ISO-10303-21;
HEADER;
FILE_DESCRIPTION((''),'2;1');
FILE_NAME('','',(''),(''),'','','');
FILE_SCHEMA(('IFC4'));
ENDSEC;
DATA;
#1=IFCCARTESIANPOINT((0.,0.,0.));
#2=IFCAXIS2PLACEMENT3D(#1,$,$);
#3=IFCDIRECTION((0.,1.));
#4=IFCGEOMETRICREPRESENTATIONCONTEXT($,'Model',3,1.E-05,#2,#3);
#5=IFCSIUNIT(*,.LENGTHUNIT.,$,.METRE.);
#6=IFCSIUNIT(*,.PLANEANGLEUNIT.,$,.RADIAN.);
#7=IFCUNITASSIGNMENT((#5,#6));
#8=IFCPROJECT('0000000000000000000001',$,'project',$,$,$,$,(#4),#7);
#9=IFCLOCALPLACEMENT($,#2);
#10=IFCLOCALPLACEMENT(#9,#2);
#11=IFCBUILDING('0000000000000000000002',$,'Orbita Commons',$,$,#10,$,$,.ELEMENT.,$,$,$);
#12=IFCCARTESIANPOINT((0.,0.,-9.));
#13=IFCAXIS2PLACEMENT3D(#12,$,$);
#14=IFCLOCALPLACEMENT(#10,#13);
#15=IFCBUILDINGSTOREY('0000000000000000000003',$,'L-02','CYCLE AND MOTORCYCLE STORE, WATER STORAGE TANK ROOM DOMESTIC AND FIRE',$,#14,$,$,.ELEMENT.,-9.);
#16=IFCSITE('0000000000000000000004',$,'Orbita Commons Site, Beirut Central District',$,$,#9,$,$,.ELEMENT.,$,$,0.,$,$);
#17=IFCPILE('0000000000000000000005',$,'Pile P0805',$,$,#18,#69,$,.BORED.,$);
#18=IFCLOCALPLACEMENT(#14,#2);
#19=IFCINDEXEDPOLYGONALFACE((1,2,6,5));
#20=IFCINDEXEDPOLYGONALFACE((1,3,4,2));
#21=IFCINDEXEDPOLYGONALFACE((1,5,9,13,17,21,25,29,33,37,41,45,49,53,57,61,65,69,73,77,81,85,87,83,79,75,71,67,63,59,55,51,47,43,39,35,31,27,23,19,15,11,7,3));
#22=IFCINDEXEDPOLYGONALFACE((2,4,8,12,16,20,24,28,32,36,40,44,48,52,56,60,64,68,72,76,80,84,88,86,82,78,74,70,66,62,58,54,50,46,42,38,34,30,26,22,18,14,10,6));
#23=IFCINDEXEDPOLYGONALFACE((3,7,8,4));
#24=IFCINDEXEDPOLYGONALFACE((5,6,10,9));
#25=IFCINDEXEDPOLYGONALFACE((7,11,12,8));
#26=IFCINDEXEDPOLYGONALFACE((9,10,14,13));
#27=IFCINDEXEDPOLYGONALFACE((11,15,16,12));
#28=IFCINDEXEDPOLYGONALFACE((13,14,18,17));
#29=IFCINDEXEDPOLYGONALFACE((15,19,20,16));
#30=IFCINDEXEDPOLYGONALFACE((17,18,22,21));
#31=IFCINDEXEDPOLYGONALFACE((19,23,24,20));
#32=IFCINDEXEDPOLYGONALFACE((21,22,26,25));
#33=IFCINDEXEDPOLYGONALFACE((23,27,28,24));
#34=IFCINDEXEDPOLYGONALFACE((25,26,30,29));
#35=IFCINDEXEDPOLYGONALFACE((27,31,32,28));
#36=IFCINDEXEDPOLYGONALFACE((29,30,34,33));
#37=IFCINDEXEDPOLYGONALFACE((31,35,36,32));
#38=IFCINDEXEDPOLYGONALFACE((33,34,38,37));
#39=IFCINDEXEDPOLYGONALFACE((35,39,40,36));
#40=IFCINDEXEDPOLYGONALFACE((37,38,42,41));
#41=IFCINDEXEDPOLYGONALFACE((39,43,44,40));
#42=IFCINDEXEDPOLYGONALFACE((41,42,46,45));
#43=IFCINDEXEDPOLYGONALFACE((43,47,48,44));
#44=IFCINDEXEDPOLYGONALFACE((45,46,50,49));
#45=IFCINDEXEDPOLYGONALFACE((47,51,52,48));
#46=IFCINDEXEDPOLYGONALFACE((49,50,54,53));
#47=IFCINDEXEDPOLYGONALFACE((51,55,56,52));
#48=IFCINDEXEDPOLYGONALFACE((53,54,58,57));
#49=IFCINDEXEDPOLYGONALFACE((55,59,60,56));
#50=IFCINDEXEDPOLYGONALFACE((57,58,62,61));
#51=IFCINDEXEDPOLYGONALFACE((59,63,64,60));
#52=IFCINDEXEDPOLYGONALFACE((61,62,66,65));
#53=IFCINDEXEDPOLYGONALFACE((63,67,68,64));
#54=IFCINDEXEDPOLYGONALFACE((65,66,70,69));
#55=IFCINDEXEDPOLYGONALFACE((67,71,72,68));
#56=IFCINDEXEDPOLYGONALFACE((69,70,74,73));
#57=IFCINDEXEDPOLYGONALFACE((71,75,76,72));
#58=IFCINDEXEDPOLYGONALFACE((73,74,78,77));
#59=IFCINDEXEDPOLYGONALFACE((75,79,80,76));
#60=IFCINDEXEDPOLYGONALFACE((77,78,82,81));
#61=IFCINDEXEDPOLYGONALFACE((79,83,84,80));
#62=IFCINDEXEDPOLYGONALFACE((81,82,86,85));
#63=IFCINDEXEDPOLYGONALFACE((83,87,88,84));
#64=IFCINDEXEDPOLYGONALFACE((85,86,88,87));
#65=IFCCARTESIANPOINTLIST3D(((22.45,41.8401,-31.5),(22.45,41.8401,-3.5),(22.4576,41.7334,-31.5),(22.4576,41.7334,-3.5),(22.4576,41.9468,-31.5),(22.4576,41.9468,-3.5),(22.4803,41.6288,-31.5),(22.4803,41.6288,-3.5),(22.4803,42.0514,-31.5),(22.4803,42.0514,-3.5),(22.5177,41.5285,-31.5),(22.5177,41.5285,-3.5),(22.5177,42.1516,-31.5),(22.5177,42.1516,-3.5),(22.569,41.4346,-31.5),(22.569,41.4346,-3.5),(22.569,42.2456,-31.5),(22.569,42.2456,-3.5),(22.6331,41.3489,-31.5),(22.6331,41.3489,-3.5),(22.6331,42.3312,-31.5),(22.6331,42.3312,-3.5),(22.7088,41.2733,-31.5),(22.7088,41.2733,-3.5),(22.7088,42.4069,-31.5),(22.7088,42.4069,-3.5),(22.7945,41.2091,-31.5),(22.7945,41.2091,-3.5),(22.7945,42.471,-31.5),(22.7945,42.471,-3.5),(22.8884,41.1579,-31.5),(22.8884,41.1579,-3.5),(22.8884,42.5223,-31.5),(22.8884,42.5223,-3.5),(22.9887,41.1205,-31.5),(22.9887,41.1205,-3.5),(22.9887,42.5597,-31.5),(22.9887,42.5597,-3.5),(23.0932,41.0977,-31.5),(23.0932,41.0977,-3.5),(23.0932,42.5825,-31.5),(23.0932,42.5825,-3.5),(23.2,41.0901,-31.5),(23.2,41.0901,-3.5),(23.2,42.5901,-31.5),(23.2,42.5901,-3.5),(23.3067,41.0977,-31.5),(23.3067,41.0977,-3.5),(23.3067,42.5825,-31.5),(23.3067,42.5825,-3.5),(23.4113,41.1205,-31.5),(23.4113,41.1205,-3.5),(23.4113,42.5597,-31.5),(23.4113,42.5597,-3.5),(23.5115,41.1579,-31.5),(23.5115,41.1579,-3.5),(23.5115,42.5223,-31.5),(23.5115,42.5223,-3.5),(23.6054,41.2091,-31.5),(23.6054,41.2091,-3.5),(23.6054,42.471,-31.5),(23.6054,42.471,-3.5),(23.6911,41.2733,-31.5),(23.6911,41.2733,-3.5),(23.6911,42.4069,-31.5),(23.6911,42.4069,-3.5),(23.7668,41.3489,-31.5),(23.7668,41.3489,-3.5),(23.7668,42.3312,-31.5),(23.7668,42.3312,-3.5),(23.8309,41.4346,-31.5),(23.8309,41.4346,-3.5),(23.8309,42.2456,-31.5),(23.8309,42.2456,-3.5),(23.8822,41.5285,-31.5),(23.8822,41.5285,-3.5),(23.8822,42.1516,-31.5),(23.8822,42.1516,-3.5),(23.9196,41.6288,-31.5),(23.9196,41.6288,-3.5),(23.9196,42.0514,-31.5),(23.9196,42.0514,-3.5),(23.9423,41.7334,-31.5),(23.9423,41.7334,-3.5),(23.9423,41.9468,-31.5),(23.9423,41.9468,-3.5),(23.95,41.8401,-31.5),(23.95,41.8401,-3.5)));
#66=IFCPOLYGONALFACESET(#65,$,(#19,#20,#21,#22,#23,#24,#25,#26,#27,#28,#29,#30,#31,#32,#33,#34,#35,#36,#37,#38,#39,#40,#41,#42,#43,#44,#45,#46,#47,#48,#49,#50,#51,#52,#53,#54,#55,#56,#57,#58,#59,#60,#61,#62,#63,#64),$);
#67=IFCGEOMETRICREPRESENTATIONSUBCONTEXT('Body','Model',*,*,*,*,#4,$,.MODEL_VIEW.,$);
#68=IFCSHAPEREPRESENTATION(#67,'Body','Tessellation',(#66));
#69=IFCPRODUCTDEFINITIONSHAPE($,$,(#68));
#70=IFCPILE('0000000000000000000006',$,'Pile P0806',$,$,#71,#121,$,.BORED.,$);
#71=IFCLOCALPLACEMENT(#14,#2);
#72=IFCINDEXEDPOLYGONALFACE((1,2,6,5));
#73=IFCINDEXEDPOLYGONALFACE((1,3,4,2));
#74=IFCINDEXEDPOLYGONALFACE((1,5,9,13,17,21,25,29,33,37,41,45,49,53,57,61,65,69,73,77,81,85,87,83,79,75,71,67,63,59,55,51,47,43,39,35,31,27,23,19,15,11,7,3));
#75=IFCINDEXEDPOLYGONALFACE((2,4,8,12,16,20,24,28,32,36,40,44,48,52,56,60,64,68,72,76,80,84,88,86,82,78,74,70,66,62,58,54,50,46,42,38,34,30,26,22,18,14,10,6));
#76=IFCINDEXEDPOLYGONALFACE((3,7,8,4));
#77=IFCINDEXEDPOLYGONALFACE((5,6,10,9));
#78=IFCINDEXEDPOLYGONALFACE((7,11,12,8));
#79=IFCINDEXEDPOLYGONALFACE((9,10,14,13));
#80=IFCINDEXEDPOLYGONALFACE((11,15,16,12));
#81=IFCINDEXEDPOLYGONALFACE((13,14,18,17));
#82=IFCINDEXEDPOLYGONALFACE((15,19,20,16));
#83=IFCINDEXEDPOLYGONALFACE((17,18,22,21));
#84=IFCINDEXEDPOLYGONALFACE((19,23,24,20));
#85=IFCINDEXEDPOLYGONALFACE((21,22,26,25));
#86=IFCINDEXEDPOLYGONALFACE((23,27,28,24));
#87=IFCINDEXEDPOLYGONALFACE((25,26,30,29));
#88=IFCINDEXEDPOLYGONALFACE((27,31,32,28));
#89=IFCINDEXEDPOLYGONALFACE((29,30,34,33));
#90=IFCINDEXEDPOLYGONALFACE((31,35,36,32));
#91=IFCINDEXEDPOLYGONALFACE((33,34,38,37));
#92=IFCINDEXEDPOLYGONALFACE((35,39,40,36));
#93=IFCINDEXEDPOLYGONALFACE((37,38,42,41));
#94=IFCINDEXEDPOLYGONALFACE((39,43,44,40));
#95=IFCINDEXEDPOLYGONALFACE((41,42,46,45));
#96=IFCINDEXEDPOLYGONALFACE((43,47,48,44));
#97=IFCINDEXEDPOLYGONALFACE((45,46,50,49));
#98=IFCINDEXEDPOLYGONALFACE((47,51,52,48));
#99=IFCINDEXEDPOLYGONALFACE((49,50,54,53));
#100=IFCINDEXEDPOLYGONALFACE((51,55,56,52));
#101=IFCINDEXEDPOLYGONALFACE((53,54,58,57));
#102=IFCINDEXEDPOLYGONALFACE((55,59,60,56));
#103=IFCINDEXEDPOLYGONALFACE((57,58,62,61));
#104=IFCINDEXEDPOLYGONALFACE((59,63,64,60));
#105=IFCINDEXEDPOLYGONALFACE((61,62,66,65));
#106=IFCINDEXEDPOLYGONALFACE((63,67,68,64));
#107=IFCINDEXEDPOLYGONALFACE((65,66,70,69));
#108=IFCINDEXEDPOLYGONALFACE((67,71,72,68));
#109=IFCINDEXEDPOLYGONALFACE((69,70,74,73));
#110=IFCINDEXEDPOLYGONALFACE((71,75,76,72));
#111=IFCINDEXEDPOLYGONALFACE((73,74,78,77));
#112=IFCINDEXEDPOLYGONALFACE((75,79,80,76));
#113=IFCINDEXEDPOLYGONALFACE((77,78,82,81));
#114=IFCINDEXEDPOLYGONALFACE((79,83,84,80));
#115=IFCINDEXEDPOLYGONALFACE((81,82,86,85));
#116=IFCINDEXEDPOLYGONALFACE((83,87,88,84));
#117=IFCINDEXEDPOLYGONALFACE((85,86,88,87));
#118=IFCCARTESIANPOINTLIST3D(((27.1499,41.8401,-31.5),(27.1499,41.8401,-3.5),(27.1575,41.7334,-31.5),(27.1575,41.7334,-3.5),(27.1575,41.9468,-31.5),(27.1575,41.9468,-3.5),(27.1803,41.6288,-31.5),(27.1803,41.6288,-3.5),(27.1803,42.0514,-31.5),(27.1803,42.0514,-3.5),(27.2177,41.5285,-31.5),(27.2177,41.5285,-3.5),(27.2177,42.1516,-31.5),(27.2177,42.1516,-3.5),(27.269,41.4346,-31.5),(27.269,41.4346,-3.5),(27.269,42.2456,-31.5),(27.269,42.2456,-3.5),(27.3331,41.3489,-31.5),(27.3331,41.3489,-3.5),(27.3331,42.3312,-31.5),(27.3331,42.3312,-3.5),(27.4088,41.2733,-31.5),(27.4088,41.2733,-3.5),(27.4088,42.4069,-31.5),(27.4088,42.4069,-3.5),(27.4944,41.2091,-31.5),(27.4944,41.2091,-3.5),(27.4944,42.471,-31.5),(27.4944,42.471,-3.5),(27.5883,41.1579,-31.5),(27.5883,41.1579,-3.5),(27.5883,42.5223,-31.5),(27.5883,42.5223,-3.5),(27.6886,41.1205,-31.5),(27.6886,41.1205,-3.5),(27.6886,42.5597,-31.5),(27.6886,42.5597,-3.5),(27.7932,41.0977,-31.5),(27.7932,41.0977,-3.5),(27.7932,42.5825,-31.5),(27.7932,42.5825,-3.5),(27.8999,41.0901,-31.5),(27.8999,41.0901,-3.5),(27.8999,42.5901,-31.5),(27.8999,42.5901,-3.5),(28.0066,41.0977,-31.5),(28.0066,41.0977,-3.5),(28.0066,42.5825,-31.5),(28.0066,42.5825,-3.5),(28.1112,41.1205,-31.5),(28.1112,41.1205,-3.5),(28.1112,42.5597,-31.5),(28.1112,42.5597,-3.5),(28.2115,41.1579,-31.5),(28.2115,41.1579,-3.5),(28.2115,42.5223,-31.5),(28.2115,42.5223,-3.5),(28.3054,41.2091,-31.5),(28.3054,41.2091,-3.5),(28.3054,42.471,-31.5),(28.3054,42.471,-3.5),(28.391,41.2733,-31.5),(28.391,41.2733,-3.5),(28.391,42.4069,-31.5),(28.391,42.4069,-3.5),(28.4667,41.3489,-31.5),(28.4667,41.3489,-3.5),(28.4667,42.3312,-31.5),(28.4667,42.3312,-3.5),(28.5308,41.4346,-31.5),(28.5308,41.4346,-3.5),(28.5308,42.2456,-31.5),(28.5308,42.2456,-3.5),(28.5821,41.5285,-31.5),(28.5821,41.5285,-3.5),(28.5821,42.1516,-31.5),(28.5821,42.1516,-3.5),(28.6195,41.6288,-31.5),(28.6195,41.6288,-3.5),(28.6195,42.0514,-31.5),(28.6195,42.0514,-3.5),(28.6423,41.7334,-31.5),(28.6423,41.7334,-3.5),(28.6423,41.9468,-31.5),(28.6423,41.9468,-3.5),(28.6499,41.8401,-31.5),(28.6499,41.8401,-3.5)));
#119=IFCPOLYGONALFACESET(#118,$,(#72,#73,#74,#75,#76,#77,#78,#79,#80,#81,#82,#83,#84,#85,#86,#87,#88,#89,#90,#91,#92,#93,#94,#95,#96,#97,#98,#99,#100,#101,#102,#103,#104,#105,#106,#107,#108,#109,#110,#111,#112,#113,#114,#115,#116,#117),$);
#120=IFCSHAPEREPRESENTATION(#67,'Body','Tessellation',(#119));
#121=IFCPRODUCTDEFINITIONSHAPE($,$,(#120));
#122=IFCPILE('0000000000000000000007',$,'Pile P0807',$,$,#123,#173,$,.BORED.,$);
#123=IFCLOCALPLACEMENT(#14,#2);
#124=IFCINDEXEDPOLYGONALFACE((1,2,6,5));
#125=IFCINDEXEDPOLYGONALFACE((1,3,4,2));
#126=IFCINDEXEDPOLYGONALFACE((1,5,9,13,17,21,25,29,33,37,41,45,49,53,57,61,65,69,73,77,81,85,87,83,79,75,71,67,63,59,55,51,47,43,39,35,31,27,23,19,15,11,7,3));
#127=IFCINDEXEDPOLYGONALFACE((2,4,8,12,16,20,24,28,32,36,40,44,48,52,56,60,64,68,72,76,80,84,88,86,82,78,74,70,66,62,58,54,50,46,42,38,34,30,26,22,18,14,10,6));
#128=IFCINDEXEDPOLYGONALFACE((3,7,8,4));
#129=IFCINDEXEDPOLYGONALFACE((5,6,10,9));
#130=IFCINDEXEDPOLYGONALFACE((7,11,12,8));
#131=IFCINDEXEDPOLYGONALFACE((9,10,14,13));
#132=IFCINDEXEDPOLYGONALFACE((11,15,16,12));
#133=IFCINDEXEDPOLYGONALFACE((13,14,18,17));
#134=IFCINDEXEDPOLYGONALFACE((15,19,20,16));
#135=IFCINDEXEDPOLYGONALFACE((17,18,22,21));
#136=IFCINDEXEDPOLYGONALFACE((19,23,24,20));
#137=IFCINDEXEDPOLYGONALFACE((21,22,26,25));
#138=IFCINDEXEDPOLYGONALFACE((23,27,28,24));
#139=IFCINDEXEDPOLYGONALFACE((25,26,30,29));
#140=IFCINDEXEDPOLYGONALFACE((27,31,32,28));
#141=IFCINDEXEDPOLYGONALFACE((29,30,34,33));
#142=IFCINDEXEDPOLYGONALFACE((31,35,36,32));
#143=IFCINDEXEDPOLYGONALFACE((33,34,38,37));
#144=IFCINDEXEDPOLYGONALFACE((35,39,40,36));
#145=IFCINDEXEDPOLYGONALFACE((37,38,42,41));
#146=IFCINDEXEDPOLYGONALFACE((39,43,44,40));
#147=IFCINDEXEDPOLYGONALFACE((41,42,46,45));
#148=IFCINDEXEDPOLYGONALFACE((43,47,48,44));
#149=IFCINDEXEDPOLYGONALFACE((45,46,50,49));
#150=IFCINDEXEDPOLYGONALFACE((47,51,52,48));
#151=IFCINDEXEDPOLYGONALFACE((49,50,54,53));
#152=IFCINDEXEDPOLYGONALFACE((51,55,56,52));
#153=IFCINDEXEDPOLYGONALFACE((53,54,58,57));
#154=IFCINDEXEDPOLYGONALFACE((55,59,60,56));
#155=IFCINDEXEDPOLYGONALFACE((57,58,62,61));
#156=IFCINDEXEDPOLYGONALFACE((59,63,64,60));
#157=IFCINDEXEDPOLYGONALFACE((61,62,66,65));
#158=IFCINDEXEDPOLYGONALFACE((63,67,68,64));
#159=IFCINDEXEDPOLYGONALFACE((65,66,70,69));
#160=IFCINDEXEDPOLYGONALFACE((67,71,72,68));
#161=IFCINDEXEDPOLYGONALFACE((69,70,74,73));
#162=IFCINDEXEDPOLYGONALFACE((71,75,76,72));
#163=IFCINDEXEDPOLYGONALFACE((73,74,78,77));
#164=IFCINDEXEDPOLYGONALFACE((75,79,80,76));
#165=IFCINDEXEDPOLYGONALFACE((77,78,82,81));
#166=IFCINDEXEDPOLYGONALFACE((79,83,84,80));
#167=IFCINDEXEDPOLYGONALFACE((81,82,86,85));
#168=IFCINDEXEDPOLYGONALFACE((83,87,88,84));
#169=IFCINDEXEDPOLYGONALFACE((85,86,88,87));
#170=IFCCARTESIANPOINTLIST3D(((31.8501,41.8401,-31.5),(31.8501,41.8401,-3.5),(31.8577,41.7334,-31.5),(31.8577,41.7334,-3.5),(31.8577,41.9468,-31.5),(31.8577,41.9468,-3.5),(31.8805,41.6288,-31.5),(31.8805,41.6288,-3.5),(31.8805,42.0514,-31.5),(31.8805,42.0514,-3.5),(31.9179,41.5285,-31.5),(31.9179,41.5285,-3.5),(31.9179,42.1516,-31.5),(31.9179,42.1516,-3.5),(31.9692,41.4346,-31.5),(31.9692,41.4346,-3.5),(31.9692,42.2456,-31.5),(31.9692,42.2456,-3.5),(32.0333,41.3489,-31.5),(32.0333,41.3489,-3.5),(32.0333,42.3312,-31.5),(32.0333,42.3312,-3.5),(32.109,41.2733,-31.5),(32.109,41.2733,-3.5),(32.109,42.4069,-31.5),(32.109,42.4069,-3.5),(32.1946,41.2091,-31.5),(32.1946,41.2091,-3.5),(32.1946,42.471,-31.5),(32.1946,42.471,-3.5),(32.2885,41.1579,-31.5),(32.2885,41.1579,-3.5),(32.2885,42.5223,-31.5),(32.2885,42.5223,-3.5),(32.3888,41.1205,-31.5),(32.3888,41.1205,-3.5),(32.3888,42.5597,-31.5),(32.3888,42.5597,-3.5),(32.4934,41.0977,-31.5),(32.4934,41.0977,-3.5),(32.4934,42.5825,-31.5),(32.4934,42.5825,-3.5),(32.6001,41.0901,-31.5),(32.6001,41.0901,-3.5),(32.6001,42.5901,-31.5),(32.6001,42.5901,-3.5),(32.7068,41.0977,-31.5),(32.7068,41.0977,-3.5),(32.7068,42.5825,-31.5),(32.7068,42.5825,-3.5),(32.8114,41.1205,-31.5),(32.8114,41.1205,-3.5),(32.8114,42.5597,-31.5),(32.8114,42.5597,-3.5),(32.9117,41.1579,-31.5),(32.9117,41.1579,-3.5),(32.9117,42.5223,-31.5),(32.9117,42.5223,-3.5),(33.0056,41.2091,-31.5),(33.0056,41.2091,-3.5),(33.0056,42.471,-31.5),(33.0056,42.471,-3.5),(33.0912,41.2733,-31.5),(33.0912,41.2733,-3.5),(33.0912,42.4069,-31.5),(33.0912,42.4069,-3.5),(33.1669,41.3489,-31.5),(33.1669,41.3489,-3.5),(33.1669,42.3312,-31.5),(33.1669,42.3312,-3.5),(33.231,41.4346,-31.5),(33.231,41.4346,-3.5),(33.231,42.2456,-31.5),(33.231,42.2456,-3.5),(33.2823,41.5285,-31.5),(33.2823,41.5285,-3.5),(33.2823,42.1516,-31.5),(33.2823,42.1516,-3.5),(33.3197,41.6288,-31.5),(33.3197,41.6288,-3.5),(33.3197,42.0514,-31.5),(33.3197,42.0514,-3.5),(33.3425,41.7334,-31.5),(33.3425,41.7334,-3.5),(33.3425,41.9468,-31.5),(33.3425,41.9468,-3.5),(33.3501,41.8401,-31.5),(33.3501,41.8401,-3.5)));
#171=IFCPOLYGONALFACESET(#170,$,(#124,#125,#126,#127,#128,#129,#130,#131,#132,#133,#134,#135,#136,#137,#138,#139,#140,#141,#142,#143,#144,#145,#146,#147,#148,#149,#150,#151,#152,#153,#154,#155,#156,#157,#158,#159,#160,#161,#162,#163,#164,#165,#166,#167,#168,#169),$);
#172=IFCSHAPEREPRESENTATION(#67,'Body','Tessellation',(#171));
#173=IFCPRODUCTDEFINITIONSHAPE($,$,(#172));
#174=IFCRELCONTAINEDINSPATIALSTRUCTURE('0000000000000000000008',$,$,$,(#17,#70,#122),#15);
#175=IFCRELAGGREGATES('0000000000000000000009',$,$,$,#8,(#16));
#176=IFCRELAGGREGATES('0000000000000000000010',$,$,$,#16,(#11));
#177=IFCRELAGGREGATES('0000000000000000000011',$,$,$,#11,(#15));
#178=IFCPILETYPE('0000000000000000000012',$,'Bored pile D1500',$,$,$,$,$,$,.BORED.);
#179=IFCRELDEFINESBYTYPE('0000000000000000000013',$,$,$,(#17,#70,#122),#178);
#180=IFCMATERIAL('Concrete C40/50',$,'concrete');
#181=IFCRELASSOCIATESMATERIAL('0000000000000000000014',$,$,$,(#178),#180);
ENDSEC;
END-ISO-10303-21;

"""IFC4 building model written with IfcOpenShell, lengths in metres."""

from ifc_helpers import new_model, si_unit, direction, frame, origin, origin_2d, place, context, subcontext, project, spatial, circle, extrude, material, material_profile, profile_set, type_object, element, save


model = new_model("IFC4")

# Units and contexts
model_context = context("Model", 3, precision=1e-05, world=origin(), true_north=direction((0.0, 1.0)))
body_context = subcontext(model_context, "Body", "Model", "MODEL_VIEW")
ifc_project = project(units=[si_unit("LENGTHUNIT", "METRE"), si_unit("PLANEANGLEUNIT", "RADIAN")], contexts=[model_context])

# Site, building, storey
site_placement = place(None, origin())
site = spatial("IfcSite", under=ifc_project, at=site_placement, Name="Orbita Commons Site, Beirut Central District", CompositionType="ELEMENT", RefElevation=0.0)
building_placement = place(site_placement, origin())
building = spatial("IfcBuilding", under=site, at=building_placement, Name="Orbita Commons", CompositionType="ELEMENT")
storey_placement = place(building_placement, frame((0.0, 0.0, -9.0)))
storey = spatial("IfcBuildingStorey", under=building, at=storey_placement, Name="L-02", Description="CYCLE AND MOTORCYCLE STORE, WATER STORAGE TANK ROOM DOMESTIC AND FIRE", CompositionType="ELEMENT", Elevation=-9.0)

# Piles
ifc_material_1 = material(Name="Concrete C40/50", Category="concrete")
ifc_material_profile = material_profile(ifc_material_1, circle(Radius=0.75, at=origin_2d()), Name="RC D1500")
ifc_profile_set = profile_set([ifc_material_profile], Name="Concrete C40/50")
pile_type = type_object("IfcPileType", Name="Bored pile D1500", PredefinedType="BORED", material=ifc_profile_set)
for number, where, z_axis, x_axis, name in (
    (1, (23.2, 41.8401, -3.5), (0.0, 0.0, -1.0), (1.0, 0.0, 0.0), "Pile P0805"),
    (2, (27.8999, 41.8401, -3.5), (0.0, 0.0, -1.0), (1.0, 0.0, 0.0), "Pile P0806"),
    (3, (32.6001, 41.8401, -3.5), (0.0, 0.0, -1.0), (1.0, 0.0, 0.0), "Pile P0807"),
):
    element("IfcPile", number, at=place(storey_placement, frame(where, z_axis=z_axis, x_axis=x_axis)), inside=storey, type_object=pile_type, Name=name, PredefinedType="BORED", context=body_context, shape_type="SweptSolid", body=[
        extrude(circle(Radius=0.75, at=origin_2d()), origin(), (0.0, 0.0, 1.0), 28.0),
    ])

save(model, "model.ifc")
